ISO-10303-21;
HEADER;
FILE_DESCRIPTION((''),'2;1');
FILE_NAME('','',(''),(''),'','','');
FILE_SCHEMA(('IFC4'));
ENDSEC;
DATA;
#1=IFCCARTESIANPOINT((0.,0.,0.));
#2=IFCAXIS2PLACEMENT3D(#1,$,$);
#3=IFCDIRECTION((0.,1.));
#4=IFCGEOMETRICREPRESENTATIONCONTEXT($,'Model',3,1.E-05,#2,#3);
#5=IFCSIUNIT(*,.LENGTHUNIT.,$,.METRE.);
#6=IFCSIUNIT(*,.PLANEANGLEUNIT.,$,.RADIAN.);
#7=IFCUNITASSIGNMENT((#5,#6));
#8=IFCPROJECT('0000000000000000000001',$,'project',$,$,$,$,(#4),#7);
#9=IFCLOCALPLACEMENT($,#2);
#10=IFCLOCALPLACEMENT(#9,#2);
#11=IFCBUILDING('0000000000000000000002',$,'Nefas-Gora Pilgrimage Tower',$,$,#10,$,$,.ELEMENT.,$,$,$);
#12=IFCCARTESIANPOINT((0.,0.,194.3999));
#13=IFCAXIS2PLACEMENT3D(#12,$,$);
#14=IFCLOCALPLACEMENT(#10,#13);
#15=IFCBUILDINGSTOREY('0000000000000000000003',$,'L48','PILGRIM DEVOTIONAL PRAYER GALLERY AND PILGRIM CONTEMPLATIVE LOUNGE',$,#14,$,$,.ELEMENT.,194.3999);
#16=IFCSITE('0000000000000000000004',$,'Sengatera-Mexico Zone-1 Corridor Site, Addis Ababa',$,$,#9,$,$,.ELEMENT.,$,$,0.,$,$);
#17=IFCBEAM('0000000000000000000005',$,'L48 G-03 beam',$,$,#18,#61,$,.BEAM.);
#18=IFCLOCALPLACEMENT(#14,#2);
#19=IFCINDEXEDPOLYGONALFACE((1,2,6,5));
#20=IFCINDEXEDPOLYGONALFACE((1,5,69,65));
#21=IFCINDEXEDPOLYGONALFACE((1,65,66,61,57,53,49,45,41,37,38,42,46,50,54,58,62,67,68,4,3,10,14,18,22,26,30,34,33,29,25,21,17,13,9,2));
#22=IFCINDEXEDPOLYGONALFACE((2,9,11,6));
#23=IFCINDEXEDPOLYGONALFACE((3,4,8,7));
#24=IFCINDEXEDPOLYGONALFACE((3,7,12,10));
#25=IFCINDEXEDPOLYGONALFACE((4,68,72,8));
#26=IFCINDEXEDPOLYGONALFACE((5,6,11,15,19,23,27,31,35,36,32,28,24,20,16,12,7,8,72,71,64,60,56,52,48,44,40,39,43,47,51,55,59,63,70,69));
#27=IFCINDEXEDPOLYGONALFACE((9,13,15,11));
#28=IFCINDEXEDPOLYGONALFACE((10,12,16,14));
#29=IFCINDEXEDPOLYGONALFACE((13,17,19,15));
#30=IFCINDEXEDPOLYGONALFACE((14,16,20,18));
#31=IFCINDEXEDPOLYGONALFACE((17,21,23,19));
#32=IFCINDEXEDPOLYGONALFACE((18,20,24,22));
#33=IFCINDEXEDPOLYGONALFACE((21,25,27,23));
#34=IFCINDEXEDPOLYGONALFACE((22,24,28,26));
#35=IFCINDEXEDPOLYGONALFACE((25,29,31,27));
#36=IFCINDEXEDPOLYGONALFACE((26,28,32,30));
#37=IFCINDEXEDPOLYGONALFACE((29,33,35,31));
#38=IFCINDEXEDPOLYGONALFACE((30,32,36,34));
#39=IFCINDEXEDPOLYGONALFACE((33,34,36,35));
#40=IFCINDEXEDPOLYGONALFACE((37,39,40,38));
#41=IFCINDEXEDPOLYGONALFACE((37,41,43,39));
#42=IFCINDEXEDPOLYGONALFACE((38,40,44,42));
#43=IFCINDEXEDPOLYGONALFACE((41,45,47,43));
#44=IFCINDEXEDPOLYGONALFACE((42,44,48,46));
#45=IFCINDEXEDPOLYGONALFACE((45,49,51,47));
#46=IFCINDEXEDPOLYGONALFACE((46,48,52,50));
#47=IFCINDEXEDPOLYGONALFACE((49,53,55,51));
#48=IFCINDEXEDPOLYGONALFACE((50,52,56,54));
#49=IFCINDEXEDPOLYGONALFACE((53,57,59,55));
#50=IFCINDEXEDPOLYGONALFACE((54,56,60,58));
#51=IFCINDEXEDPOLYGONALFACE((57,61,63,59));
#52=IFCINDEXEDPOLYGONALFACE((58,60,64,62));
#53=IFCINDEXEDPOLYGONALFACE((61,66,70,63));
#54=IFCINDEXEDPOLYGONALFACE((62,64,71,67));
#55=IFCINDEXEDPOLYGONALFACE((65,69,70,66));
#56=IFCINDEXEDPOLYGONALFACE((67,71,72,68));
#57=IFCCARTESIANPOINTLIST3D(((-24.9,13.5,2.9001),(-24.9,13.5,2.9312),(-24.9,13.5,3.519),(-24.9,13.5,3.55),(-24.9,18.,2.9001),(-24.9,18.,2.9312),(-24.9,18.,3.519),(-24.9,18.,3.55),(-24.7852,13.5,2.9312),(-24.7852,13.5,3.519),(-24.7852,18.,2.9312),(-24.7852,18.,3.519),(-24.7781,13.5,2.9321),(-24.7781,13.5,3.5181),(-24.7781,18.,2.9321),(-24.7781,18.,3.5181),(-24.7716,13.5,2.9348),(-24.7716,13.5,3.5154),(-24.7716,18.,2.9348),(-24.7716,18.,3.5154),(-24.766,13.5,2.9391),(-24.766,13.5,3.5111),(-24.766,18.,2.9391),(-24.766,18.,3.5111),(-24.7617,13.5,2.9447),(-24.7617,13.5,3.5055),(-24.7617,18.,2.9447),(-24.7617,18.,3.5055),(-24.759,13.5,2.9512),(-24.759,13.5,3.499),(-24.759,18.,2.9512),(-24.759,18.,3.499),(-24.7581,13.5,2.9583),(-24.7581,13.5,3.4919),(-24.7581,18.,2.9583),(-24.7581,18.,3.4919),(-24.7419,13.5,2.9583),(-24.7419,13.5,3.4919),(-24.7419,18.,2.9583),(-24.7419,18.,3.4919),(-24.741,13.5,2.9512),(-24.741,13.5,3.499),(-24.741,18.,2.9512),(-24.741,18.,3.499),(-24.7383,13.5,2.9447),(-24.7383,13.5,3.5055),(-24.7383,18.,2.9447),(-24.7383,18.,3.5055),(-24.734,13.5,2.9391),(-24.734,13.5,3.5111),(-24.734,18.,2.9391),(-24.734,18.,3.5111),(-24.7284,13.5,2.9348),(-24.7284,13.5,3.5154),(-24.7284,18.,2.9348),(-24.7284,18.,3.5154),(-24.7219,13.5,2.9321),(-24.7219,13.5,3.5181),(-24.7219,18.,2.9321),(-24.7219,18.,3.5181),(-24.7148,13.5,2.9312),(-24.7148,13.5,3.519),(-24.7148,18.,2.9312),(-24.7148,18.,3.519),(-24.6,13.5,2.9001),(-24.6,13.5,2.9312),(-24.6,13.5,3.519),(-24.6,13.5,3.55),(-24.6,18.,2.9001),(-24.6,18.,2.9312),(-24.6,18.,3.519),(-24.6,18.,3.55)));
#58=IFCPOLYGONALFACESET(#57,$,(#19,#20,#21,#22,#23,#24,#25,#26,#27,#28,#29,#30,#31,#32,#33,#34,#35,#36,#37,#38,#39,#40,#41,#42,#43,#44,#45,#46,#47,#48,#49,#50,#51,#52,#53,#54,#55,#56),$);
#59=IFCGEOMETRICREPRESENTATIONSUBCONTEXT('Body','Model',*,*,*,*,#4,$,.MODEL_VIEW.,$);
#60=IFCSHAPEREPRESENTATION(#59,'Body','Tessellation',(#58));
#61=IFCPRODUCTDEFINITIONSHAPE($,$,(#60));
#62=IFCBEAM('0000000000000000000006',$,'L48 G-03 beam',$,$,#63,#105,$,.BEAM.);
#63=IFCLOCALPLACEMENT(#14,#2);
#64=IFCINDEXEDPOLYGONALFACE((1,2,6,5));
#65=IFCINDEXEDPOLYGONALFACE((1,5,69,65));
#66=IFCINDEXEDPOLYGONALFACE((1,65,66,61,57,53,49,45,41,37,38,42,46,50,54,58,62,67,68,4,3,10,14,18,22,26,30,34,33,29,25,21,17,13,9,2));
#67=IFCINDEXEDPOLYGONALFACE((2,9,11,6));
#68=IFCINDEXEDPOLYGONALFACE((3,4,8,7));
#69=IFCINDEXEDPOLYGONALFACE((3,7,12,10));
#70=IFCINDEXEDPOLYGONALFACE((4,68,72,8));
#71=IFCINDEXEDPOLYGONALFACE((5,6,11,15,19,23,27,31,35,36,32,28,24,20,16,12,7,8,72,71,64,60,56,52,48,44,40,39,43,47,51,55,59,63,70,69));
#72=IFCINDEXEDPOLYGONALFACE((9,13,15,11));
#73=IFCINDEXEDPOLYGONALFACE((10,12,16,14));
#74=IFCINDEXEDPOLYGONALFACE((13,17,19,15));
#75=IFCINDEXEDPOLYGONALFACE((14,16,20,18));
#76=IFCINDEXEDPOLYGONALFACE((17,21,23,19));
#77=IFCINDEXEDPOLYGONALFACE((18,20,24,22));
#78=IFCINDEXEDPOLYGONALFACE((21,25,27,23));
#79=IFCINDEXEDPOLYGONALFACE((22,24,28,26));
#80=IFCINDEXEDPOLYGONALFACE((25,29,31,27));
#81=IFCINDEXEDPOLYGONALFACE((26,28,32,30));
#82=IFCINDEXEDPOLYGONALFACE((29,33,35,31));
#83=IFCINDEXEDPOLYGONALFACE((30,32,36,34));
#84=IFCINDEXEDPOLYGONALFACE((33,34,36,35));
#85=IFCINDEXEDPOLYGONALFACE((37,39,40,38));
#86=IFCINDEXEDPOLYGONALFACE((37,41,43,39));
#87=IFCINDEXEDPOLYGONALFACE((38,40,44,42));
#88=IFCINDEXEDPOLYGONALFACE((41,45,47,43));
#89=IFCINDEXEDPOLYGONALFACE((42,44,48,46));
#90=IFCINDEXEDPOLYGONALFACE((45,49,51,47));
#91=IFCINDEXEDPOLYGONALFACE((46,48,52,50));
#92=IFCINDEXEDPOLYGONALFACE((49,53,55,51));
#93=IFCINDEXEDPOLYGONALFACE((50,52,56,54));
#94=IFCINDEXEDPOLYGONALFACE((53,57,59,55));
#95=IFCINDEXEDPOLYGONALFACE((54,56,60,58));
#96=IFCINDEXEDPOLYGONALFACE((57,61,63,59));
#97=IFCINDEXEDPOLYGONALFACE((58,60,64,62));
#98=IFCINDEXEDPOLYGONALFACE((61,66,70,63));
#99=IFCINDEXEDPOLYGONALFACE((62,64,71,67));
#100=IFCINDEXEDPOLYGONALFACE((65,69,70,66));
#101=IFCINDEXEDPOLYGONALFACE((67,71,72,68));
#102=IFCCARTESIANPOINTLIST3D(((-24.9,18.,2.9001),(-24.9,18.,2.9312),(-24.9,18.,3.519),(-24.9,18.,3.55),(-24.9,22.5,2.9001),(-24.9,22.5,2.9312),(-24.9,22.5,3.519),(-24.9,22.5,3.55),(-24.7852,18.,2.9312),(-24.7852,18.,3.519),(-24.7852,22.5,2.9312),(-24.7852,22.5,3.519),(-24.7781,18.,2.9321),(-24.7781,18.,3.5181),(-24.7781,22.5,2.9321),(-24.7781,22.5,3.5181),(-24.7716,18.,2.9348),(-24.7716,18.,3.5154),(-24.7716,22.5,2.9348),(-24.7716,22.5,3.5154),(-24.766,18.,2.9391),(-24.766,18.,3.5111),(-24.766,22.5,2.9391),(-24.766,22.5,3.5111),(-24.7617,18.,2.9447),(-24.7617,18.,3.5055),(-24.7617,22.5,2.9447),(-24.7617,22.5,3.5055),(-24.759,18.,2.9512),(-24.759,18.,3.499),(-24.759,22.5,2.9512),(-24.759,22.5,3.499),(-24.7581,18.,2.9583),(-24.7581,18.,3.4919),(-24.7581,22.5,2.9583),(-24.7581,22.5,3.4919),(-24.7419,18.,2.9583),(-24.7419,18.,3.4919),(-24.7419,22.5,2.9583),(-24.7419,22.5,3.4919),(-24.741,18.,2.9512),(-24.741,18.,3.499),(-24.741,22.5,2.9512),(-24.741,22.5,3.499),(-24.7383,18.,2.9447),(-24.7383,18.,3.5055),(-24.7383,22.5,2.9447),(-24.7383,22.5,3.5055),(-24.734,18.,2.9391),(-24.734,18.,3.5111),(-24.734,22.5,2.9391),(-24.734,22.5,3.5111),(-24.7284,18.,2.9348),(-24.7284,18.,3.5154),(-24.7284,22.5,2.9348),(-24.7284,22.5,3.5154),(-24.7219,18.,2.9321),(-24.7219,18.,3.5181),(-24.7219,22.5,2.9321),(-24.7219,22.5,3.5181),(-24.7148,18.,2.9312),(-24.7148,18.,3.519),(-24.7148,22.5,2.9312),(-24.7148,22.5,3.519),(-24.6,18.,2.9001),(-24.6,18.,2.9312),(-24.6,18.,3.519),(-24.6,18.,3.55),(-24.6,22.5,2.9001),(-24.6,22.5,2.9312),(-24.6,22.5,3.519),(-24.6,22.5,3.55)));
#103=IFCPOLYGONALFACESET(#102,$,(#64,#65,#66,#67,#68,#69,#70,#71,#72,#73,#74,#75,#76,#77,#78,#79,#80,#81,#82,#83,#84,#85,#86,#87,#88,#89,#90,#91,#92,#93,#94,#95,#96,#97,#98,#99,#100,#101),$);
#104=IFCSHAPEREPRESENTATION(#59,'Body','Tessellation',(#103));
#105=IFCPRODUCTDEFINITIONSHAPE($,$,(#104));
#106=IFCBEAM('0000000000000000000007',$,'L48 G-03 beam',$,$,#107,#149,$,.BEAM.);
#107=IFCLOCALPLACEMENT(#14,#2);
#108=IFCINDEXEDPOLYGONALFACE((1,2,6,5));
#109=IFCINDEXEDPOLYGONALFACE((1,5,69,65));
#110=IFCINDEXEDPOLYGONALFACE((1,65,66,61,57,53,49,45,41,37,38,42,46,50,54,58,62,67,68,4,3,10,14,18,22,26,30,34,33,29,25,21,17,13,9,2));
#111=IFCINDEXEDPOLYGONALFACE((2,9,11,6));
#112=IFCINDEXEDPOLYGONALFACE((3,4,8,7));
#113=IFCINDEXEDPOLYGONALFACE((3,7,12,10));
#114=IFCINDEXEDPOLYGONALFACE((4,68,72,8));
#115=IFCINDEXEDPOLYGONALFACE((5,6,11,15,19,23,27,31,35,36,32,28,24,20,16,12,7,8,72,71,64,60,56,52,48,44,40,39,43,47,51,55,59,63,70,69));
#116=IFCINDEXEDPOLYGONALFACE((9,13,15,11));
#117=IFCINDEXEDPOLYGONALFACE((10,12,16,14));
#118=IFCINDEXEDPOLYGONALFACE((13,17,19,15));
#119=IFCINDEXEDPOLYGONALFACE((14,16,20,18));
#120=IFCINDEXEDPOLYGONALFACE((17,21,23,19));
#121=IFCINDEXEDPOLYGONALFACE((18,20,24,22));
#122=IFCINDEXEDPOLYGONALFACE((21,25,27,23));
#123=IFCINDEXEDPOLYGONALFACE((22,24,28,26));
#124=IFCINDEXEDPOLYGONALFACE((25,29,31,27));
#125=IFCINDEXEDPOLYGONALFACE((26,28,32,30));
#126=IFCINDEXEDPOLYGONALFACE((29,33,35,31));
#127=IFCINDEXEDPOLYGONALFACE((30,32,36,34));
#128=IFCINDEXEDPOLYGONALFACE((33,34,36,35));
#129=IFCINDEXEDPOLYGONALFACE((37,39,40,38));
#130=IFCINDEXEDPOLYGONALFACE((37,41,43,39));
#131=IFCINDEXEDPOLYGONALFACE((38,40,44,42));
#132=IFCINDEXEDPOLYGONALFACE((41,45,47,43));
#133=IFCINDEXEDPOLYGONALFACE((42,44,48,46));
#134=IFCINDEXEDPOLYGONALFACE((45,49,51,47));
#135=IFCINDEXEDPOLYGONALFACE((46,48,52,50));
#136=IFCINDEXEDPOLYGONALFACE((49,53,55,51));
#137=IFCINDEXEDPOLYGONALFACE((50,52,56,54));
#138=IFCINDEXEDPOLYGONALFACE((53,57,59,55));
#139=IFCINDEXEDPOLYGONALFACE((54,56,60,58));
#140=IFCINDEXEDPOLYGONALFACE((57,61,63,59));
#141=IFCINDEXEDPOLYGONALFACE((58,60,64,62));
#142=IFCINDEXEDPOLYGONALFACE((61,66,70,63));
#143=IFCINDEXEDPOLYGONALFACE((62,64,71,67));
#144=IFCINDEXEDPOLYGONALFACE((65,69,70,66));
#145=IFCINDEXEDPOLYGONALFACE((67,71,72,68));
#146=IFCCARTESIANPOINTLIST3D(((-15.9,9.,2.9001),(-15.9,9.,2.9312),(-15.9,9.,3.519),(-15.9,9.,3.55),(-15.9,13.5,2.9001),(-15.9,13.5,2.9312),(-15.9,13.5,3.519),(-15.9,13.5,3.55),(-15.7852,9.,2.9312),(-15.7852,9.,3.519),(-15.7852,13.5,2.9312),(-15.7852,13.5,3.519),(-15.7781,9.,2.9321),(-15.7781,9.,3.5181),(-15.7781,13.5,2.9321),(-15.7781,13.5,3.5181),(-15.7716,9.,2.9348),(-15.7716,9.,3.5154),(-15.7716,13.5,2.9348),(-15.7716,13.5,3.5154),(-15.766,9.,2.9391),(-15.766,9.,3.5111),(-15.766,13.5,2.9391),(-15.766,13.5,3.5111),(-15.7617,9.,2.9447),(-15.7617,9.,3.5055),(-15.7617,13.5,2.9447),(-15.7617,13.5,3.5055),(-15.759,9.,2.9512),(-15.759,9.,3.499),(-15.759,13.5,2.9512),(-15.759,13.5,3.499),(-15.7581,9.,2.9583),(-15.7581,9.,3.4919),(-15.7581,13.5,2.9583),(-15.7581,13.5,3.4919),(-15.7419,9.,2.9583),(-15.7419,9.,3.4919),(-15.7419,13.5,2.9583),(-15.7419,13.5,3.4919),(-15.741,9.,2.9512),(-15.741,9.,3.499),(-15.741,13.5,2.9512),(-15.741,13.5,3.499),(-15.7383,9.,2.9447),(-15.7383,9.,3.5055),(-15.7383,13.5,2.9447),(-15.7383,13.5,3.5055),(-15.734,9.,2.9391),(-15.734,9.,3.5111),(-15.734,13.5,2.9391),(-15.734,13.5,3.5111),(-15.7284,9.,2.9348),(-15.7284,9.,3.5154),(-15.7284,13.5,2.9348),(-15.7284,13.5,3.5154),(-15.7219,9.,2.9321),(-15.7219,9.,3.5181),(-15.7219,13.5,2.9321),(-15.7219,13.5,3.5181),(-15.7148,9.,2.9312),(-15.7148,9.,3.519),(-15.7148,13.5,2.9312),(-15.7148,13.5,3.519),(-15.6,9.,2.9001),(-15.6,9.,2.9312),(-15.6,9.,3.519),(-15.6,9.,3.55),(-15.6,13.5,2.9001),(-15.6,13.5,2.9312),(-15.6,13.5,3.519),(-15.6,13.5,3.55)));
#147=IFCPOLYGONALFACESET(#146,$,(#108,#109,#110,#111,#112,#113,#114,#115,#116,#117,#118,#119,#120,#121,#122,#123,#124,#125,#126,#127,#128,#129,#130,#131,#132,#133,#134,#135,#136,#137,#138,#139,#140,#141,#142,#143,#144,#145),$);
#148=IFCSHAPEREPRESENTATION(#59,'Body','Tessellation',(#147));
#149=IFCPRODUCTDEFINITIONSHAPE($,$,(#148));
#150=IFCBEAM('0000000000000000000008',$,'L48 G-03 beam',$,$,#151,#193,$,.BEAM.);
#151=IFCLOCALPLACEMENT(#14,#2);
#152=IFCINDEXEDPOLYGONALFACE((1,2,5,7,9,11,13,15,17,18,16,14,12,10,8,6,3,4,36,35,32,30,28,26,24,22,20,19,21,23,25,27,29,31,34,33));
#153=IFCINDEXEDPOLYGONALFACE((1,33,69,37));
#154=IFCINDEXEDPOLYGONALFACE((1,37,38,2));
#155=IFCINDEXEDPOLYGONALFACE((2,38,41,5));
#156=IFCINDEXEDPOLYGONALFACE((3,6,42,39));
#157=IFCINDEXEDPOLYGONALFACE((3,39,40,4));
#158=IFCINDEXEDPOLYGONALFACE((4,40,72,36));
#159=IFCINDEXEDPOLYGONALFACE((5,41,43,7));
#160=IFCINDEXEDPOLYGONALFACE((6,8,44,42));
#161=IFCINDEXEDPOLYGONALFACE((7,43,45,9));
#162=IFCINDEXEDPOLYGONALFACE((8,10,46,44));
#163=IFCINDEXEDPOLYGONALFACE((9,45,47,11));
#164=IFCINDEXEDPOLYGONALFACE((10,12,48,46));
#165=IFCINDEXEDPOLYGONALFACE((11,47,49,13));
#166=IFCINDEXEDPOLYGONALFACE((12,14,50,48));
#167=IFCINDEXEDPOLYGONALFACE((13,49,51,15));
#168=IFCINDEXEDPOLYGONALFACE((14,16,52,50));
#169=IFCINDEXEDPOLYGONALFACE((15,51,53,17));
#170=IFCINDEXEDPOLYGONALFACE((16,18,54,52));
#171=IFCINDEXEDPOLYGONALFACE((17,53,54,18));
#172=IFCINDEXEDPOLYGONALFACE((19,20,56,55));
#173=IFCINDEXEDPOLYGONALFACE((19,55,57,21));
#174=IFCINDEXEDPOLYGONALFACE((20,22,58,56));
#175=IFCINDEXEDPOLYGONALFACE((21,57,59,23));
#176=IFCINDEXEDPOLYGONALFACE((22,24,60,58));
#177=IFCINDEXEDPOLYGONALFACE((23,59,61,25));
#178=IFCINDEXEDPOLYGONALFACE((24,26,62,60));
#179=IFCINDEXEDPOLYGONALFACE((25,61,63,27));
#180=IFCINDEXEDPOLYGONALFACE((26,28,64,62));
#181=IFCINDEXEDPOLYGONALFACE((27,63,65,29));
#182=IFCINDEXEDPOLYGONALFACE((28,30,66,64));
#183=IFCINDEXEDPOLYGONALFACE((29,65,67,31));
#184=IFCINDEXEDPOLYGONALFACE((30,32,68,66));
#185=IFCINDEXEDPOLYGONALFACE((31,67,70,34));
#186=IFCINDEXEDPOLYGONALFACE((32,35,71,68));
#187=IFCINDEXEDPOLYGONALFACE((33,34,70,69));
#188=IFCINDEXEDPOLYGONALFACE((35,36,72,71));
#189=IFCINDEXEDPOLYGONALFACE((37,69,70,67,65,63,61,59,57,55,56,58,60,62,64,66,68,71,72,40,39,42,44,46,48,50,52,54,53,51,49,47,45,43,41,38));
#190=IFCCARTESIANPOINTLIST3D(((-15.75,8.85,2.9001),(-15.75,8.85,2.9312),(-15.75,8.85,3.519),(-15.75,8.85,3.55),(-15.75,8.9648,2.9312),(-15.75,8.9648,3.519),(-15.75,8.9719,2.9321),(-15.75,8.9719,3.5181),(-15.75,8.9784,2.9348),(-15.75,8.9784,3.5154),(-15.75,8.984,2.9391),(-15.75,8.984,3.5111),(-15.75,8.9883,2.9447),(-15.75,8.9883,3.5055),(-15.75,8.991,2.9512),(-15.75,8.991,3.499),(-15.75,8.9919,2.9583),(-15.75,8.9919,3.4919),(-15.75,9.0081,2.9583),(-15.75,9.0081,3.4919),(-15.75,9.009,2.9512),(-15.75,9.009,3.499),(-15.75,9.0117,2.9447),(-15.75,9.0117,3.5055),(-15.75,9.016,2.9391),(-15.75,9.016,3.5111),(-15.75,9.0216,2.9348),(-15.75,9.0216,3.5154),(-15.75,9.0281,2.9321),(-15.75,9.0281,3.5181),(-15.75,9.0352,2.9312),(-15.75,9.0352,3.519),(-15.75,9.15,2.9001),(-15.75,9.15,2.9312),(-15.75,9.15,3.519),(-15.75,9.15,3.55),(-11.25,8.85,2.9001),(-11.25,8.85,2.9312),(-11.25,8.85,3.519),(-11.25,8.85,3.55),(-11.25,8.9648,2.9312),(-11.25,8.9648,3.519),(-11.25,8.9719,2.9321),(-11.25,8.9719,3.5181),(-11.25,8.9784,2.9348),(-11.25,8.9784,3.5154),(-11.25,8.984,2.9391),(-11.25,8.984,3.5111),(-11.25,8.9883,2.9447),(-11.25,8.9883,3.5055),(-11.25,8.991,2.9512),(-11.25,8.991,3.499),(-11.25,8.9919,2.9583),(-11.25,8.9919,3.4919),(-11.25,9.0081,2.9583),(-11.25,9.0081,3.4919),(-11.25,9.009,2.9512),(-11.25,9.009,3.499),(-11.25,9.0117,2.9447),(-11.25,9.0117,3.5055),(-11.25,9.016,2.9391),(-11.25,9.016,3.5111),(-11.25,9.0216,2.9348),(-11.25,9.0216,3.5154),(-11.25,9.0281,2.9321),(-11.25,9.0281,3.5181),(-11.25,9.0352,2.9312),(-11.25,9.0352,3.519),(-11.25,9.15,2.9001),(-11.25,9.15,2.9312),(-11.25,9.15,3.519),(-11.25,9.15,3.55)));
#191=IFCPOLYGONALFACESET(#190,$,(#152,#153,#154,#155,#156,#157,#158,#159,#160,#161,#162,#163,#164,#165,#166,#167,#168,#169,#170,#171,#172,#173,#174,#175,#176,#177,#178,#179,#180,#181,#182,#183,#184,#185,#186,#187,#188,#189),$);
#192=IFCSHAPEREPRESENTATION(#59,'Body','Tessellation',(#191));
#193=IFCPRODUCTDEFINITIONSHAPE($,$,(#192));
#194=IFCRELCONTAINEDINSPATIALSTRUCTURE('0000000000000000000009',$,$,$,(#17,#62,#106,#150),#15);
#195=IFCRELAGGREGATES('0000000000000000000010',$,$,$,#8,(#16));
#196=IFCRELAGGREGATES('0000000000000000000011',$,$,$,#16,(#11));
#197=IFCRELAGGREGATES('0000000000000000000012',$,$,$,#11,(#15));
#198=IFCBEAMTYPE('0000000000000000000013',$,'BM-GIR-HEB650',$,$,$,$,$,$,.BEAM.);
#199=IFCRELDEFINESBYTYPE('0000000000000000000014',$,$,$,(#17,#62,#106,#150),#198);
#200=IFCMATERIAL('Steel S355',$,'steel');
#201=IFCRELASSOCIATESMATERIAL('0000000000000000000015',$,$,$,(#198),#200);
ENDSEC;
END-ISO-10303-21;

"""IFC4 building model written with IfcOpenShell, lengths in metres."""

from ifc_helpers import new_model, si_unit, direction, frame, origin, origin_2d, place, context, subcontext, project, spatial, i_section, extrude, source, transform, mapped, material, material_profile, profile_set, type_object, element, save


model = new_model("IFC4")

# Units and contexts
model_context = context("Model", 3, precision=1e-05, world=origin(), true_north=direction((0.0, 1.0)))
body_context = subcontext(model_context, "Body", "Model", "MODEL_VIEW")
ifc_project = project(units=[si_unit("LENGTHUNIT", "METRE"), si_unit("PLANEANGLEUNIT", "RADIAN")], contexts=[model_context])

# Site, building, storey
site_placement = place(None, origin())
site = spatial("IfcSite", under=ifc_project, at=site_placement, Name="Sengatera-Mexico Zone-1 Corridor Site, Addis Ababa", CompositionType="ELEMENT", RefElevation=0.0)
building_placement = place(site_placement, origin())
building = spatial("IfcBuilding", under=site, at=building_placement, Name="Nefas-Gora Pilgrimage Tower", CompositionType="ELEMENT")
storey_placement = place(building_placement, frame((0.0, 0.0, 194.3999)))
storey = spatial("IfcBuildingStorey", under=building, at=storey_placement, Name="L48", Description="PILGRIM DEVOTIONAL PRAYER GALLERY AND PILGRIM CONTEMPLATIVE LOUNGE", CompositionType="ELEMENT", Elevation=194.3999)

# Beams
ifc_material_1 = material(Name="Steel S355", Category="steel")
ifc_material_profile_1 = material_profile(ifc_material_1, i_section(OverallWidth=0.3, OverallDepth=0.6499, WebThickness=0.0161, FlangeThickness=0.031, FilletRadius=0.0271, at=origin_2d()), Name="HEB 650")
ifc_profile_set_1 = profile_set([ifc_material_profile_1], Name="Steel S355")
beam_type_1 = type_object("IfcBeamType", Name="BM-GIR-HEB650", PredefinedType="BEAM", material=ifc_profile_set_1)
shared_shape_1 = source(origin(), body_context, "Body", "SweptSolid", [
    extrude(i_section(OverallWidth=0.3, OverallDepth=0.6499, WebThickness=0.0161, FlangeThickness=0.031, FilletRadius=0.0271, at=origin_2d()), origin(), (0.0, 0.0, 1.0), 4.5),
])
for number, where, z_axis, x_axis, name in (
    (1, (-24.75, 13.5, 3.2251), (0.0, 1.0, 0.0), (-1.0, 0.0, 0.0), "L48 G-03 beam"),
    (2, (-24.75, 18.0, 3.2251), (0.0, 1.0, 0.0), (-1.0, 0.0, 0.0), "L48 G-03 beam"),
    (3, (-15.75, 9.0, 3.2251), (0.0, 1.0, 0.0), (-1.0, 0.0, 0.0), "L48 G-03 beam"),
    (4, (-15.75, 9.0, 3.2251), (1.0, 0.0, 0.0), (0.0, 1.0, 0.0), "L48 G-03 beam"),
):
    element("IfcBeam", number, at=place(storey_placement, frame(where, z_axis=z_axis, x_axis=x_axis)), inside=storey, type_object=beam_type_1, Name=name, PredefinedType="BEAM", context=body_context, shape_type="MappedRepresentation", body=[
        mapped(shared_shape_1, transform((0.0, 0.0, 0.0), x_axis=(1.0, 0.0, 0.0), y_axis=(0.0, 1.0, 0.0), z_axis=(0.0, 0.0, 1.0), scale=1.0)),
    ])

save(model, "model.ifc")
